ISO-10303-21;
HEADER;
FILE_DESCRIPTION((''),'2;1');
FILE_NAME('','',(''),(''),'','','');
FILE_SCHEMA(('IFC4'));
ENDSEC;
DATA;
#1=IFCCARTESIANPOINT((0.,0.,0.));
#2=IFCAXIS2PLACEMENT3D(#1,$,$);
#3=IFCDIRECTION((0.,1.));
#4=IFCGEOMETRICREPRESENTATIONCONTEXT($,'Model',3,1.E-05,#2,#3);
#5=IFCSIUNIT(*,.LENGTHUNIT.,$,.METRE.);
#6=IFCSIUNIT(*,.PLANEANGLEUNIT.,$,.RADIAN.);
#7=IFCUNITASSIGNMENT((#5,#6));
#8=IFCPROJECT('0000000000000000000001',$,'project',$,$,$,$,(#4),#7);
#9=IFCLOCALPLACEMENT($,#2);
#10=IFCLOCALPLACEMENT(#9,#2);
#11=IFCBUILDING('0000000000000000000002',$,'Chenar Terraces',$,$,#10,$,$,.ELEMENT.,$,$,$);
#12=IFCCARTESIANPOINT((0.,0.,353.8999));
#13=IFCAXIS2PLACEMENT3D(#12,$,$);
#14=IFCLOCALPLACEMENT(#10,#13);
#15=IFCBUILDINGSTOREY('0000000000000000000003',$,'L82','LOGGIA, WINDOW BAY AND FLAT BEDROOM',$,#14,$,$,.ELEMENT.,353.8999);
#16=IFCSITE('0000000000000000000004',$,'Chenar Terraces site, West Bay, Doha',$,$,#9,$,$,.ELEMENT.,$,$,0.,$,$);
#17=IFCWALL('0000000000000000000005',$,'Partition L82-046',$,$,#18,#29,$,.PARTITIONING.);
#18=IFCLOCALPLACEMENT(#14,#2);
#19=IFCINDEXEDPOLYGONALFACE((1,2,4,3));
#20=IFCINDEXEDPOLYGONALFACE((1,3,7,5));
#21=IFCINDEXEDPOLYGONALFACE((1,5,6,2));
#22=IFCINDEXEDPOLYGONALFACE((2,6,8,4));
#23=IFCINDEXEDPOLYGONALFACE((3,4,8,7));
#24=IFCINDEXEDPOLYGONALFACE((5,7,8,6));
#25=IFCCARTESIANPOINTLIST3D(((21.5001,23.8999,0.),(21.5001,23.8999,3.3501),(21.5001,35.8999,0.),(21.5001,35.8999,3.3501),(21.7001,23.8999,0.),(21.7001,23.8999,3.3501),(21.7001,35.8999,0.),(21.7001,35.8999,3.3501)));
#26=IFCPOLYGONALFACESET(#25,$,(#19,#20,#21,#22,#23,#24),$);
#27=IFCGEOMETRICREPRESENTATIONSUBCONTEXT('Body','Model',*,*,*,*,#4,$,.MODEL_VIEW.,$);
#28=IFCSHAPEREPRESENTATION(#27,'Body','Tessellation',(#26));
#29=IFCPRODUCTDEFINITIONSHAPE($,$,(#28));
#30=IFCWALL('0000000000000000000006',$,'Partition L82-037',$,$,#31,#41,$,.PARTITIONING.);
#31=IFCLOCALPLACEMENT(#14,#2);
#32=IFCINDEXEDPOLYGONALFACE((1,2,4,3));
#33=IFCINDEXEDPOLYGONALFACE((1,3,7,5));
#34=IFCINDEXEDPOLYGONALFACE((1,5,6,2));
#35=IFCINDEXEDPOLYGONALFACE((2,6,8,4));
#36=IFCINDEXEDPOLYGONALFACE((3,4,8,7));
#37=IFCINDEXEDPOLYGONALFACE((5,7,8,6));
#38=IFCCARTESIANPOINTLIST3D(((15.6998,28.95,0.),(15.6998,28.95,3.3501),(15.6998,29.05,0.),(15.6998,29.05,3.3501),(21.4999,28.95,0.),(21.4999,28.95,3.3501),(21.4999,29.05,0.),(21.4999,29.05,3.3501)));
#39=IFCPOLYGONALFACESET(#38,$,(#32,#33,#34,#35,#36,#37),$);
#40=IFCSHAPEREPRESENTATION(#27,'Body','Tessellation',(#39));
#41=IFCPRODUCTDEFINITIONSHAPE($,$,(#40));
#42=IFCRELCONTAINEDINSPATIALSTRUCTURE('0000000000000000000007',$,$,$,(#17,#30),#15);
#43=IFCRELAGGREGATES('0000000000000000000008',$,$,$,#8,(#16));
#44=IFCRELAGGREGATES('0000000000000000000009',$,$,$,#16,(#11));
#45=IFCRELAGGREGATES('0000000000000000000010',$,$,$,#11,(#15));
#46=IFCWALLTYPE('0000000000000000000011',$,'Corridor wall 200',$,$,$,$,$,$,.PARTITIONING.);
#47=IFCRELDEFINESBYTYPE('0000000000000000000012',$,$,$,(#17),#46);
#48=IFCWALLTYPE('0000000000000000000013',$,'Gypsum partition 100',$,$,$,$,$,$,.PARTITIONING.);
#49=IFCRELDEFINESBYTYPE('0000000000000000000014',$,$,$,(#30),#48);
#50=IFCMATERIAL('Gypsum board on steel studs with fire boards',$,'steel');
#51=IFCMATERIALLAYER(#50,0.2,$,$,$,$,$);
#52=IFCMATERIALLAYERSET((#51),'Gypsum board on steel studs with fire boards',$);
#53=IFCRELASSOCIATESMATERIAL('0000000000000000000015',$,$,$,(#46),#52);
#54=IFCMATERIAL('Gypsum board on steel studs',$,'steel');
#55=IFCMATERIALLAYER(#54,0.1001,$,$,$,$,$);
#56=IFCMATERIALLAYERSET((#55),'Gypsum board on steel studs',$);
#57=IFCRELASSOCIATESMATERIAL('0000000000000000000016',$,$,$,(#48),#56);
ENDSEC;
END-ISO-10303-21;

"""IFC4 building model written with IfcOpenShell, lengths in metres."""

from ifc_helpers import new_model, si_unit, direction, frame, frame_2d, origin, place, context, subcontext, project, spatial, rectangle, extrude, material, layer, layer_set, type_object, element, save


model = new_model("IFC4")

# Units and contexts
model_context = context("Model", 3, precision=1e-05, world=origin(), true_north=direction((0.0, 1.0)))
body_context = subcontext(model_context, "Body", "Model", "MODEL_VIEW")
ifc_project = project(units=[si_unit("LENGTHUNIT", "METRE"), si_unit("PLANEANGLEUNIT", "RADIAN")], contexts=[model_context])

# Site, building, storey
site_placement = place(None, origin())
site = spatial("IfcSite", under=ifc_project, at=site_placement, Name="Chenar Terraces site, West Bay, Doha", CompositionType="ELEMENT", RefElevation=0.0)
building_placement = place(site_placement, origin())
building = spatial("IfcBuilding", under=site, at=building_placement, Name="Chenar Terraces", CompositionType="ELEMENT")
storey_placement = place(building_placement, frame((0.0, 0.0, 353.8999)))
storey = spatial("IfcBuildingStorey", under=building, at=storey_placement, Name="L82", Description="LOGGIA, WINDOW BAY AND FLAT BEDROOM", CompositionType="ELEMENT", Elevation=353.8999)

# Shared definitions
ifc_material_1 = material(Name="Gypsum board on steel studs with fire boards", Category="steel")
ifc_layer_1 = layer(ifc_material_1, 0.2)
ifc_layer_set_1 = layer_set([ifc_layer_1], Name="Gypsum board on steel studs with fire boards")
wall_type_1 = type_object("IfcWallType", Name="Corridor wall 200", PredefinedType="PARTITIONING", material=ifc_layer_set_1)

# Walls
wall_1_placement = place(storey_placement, frame((21.6001, 23.8999, 0.0), z_axis=(0.0, 0.0, 1.0), x_axis=(0.0, 1.0, 0.0)))
element("IfcWall", 1, at=wall_1_placement, inside=storey, type_object=wall_type_1, Name="Partition L82-046", PredefinedType="PARTITIONING", context=body_context, shape_type="SweptSolid", body=[
    extrude(rectangle(XDim=12.0, YDim=0.2, at=frame_2d((6.0, 0.0))), origin(), (0.0, 0.0, 1.0), 3.3501),
])
ifc_material_2 = material(Name="Gypsum board on steel studs", Category="steel")
ifc_layer_2 = layer(ifc_material_2, 0.1001)
ifc_layer_set_2 = layer_set([ifc_layer_2], Name="Gypsum board on steel studs")
wall_type_2 = type_object("IfcWallType", Name="Gypsum partition 100", PredefinedType="PARTITIONING", material=ifc_layer_set_2)
wall_2_placement = place(storey_placement, frame((15.7, 29.0, 0.0), z_axis=(0.0, 0.0, 1.0), x_axis=(1.0, 0.0, 0.0)))
element("IfcWall", 2, at=wall_2_placement, inside=storey, type_object=wall_type_2, Name="Partition L82-037", PredefinedType="PARTITIONING", context=body_context, shape_type="SweptSolid", body=[
    extrude(rectangle(XDim=5.8, YDim=0.1001, at=frame_2d((2.8999, 0.0))), origin(), (0.0, 0.0, 1.0), 3.3501),
])

save(model, "model.ifc")
